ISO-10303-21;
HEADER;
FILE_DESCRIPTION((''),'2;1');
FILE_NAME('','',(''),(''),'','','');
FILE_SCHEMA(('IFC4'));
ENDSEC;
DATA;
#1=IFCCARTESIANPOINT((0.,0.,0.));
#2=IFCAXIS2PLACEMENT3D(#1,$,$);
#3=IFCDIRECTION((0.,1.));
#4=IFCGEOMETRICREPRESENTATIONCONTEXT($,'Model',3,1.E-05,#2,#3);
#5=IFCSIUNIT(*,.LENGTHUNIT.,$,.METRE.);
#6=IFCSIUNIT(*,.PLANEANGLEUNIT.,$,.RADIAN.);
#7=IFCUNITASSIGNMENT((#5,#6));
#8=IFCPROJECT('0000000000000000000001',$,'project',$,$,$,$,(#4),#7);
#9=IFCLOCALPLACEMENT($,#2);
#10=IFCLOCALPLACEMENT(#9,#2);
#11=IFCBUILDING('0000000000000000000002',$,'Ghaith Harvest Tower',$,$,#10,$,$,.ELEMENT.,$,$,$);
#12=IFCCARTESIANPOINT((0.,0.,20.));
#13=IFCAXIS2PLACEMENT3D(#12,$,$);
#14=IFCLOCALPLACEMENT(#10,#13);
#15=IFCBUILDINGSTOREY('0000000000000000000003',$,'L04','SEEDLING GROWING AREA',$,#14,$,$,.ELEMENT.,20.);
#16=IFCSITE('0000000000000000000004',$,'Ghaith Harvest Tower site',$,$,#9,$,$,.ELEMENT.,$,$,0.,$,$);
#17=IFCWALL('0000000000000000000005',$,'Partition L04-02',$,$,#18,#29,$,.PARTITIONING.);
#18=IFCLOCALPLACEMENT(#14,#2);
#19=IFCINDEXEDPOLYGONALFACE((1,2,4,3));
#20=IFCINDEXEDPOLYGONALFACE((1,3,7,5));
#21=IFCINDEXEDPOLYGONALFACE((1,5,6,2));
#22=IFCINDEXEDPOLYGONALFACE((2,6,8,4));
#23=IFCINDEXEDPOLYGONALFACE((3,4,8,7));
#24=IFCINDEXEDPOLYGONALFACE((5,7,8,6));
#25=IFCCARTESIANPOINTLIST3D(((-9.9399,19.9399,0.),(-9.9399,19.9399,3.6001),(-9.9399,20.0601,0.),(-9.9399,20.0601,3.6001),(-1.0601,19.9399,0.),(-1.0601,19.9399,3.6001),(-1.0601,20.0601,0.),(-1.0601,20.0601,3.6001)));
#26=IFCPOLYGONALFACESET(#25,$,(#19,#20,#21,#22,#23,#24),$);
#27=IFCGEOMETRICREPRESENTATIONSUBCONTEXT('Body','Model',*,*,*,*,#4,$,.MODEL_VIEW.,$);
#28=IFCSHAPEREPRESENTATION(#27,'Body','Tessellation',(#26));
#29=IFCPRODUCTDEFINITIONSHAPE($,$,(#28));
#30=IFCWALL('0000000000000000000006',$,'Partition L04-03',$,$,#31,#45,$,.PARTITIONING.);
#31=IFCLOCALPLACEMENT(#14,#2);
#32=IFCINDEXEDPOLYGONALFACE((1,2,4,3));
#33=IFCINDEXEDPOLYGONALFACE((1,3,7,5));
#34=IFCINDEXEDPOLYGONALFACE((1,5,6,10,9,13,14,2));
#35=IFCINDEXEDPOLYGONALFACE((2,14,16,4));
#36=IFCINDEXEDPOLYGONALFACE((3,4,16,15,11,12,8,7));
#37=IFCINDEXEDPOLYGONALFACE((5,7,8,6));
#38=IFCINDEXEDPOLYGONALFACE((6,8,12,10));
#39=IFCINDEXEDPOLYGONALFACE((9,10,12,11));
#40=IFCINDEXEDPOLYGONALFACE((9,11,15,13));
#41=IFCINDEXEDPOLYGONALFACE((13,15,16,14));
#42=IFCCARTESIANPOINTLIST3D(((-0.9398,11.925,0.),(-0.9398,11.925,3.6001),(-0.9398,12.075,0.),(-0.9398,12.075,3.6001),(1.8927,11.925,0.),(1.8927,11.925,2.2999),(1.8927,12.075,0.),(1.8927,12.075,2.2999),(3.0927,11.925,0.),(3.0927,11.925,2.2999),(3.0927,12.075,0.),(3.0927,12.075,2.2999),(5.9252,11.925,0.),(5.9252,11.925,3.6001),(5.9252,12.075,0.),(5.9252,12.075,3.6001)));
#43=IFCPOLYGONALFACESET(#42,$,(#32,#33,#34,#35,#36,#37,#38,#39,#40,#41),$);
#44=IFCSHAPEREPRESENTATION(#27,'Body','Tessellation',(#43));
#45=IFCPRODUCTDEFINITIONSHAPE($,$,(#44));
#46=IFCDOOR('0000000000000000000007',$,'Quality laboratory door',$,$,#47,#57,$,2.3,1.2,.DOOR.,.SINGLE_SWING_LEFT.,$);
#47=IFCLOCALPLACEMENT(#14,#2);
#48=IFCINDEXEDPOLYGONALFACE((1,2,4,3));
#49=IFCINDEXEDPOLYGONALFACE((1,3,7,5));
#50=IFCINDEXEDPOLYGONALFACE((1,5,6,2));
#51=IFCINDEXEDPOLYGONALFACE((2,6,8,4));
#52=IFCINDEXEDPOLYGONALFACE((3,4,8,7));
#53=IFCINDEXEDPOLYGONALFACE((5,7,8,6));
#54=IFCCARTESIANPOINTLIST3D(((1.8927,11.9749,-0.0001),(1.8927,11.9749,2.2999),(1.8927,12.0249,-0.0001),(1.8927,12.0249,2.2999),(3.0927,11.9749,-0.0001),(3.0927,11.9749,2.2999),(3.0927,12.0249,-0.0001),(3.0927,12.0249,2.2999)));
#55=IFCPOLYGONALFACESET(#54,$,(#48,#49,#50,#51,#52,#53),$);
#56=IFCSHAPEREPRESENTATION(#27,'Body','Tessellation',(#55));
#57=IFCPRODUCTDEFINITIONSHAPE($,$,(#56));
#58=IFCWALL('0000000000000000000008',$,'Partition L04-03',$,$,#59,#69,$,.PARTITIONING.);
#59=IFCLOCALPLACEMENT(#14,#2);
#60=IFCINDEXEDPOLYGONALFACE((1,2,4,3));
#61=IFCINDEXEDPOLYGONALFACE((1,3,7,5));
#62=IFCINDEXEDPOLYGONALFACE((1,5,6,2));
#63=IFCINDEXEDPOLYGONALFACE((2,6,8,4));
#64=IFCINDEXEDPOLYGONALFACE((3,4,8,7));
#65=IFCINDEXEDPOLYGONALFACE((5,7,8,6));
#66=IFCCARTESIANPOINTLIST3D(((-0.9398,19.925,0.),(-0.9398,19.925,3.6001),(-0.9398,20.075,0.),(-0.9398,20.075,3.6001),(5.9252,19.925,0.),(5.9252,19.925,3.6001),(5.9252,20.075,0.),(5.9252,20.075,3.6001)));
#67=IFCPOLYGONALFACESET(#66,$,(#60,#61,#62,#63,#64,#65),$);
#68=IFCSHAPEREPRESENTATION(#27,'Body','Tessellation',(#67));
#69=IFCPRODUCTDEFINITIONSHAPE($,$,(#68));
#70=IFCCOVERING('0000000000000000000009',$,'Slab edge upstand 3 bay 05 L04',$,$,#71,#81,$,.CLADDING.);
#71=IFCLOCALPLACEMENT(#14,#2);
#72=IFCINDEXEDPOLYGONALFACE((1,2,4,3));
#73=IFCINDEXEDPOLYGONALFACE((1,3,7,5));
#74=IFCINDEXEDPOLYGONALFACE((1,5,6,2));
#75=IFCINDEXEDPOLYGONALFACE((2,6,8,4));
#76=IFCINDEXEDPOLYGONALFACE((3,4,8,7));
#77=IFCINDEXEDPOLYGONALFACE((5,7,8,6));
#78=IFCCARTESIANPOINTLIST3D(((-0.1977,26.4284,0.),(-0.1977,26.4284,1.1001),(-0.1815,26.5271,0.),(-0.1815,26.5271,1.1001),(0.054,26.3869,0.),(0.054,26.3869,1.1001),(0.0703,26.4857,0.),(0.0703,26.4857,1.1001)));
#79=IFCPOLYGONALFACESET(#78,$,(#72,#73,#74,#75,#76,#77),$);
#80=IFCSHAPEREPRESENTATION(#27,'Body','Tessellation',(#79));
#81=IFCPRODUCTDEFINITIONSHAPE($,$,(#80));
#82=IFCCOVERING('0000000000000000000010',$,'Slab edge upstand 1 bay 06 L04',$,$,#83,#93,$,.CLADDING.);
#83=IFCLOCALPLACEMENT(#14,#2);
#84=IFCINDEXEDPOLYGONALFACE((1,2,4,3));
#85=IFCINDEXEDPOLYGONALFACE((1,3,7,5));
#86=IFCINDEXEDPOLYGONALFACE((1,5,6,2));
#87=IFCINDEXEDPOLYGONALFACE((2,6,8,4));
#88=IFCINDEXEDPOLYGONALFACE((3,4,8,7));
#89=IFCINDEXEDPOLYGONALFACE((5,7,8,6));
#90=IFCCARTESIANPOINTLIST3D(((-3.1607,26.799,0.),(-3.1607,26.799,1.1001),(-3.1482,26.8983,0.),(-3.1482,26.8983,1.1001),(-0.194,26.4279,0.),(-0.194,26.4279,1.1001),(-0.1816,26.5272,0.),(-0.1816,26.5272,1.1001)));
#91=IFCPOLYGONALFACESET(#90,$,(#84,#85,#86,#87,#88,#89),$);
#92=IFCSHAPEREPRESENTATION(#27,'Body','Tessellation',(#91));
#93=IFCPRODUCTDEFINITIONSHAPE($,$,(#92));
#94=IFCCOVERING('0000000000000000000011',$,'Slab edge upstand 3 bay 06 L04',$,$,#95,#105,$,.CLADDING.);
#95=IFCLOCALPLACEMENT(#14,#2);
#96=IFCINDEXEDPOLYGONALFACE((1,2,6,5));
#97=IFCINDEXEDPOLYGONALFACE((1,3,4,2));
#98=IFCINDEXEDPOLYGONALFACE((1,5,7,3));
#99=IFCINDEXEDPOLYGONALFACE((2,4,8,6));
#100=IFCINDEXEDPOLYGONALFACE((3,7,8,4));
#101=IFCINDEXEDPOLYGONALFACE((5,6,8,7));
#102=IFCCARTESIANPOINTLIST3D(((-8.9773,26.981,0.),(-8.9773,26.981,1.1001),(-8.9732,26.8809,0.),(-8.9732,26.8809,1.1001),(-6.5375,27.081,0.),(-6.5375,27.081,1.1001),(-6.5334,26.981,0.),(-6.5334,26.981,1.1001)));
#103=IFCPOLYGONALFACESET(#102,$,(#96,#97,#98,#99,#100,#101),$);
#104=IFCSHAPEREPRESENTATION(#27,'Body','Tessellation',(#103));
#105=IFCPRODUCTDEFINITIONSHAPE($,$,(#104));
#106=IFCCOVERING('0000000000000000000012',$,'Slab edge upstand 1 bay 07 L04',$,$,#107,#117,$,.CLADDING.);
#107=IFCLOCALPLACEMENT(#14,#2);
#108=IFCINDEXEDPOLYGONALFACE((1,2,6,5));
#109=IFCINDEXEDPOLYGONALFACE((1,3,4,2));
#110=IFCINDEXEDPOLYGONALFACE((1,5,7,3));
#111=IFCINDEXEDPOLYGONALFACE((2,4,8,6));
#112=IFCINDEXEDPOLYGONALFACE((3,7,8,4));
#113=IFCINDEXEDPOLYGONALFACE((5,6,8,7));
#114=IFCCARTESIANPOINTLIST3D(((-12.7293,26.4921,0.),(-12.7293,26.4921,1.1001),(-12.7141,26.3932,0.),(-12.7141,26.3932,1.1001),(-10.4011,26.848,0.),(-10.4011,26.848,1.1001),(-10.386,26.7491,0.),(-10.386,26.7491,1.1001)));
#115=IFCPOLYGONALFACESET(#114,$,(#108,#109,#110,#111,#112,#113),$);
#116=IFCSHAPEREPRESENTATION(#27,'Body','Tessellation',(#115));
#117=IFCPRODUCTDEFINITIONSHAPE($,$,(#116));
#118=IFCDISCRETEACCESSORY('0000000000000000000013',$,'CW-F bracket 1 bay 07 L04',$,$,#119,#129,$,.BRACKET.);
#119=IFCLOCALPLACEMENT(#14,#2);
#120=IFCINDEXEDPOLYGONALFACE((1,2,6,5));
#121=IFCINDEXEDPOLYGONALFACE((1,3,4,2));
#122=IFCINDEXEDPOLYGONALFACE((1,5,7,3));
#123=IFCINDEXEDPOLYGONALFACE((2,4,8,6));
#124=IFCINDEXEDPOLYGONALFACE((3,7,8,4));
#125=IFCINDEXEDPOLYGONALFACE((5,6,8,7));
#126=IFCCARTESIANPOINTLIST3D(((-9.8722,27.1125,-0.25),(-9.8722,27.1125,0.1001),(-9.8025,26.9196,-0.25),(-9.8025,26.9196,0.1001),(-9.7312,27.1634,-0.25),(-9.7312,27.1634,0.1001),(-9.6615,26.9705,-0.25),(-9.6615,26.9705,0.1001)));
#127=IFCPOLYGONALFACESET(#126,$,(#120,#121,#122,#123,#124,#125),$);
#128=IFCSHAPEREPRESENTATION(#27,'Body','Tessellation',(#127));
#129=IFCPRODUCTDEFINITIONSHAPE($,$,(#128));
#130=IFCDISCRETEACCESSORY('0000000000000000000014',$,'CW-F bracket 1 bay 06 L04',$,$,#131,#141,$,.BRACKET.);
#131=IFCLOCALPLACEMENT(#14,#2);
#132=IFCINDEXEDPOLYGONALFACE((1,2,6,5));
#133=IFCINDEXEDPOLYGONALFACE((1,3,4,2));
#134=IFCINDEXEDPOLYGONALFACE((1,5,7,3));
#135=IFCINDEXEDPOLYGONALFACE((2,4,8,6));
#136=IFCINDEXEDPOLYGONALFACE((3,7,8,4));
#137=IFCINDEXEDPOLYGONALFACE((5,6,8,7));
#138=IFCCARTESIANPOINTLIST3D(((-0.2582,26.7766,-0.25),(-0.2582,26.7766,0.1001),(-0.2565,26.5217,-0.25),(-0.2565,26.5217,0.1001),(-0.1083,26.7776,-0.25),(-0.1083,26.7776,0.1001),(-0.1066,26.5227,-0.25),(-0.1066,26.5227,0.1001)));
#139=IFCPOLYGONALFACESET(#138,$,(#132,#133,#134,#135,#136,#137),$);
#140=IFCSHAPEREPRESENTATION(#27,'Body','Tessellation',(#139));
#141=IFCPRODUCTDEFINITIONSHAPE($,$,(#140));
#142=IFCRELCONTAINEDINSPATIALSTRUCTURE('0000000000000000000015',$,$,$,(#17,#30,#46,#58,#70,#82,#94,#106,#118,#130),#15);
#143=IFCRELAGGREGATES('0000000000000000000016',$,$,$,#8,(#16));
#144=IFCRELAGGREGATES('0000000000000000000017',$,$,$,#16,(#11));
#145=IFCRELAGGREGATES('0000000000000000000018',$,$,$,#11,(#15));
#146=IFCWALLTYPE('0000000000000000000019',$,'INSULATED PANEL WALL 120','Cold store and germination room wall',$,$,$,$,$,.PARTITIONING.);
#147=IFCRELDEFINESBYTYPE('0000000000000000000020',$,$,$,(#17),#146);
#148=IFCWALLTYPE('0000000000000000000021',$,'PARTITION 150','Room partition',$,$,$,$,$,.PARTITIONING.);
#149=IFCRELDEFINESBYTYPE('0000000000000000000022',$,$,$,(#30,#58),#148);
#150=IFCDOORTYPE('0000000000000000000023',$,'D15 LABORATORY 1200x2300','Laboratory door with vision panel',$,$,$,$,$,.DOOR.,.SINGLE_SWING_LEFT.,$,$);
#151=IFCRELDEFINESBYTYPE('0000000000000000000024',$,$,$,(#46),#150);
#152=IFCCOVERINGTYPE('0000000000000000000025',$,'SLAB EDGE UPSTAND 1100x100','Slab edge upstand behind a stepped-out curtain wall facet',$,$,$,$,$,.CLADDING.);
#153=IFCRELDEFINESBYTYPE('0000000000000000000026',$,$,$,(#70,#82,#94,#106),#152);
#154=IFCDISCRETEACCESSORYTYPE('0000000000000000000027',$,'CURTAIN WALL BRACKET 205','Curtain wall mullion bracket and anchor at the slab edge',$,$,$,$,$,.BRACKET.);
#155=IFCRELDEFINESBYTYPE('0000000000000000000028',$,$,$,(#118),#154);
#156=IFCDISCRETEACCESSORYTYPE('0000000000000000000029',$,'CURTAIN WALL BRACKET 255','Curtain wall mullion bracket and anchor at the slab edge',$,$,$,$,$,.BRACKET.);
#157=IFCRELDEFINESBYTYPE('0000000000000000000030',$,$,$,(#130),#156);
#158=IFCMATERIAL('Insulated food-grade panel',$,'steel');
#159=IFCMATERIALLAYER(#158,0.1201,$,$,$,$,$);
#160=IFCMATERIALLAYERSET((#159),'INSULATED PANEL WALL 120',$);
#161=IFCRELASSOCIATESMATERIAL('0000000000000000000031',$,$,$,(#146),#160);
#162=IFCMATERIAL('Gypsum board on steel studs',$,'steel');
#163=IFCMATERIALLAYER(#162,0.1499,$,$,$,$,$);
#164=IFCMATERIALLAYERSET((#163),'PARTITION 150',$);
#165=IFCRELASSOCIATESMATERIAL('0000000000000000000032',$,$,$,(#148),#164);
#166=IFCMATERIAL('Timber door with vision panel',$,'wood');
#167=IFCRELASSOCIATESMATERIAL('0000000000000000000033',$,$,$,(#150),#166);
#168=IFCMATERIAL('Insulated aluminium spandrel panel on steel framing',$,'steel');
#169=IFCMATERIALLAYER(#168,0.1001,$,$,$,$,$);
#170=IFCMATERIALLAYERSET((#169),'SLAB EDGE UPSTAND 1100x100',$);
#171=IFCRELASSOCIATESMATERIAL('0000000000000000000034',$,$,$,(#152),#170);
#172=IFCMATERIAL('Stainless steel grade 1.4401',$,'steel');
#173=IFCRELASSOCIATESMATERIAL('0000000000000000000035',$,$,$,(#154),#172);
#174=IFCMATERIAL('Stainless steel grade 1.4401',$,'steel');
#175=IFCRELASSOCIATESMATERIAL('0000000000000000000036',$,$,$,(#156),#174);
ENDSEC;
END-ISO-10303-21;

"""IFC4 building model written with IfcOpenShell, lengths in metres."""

from ifc_helpers import new_model, si_unit, direction, frame, frame_2d, origin, origin_2d, place, context, subcontext, project, spatial, rectangle, extrude, material, layer, layer_set, type_object, element, fill, save


model = new_model("IFC4")

# Units and contexts
model_context = context("Model", 3, precision=1e-05, world=origin(), true_north=direction((0.0, 1.0)))
body_context = subcontext(model_context, "Body", "Model", "MODEL_VIEW")
ifc_project = project(units=[si_unit("LENGTHUNIT", "METRE"), si_unit("PLANEANGLEUNIT", "RADIAN")], contexts=[model_context])

# Site, building, storey
site_placement = place(None, origin())
site = spatial("IfcSite", under=ifc_project, at=site_placement, Name="Ghaith Harvest Tower site", CompositionType="ELEMENT", RefElevation=0.0)
building_placement = place(site_placement, origin())
building = spatial("IfcBuilding", under=site, at=building_placement, Name="Ghaith Harvest Tower", CompositionType="ELEMENT")
storey_placement = place(building_placement, frame((0.0, 0.0, 20.0)))
storey = spatial("IfcBuildingStorey", under=building, at=storey_placement, Name="L04", Description="SEEDLING GROWING AREA", CompositionType="ELEMENT", Elevation=20.0)

# Shared definitions
ifc_material_1 = material(Name="Insulated food-grade panel", Category="steel")
ifc_layer_1 = layer(ifc_material_1, 0.1201)
ifc_layer_set_1 = layer_set([ifc_layer_1], Name="INSULATED PANEL WALL 120")
wall_type_1 = type_object("IfcWallType", Name="INSULATED PANEL WALL 120", Description="Cold store and germination room wall", PredefinedType="PARTITIONING", material=ifc_layer_set_1)

# Wall
wall_1_placement = place(storey_placement, frame((-9.9399, 20.0, 0.0), z_axis=(0.0, 0.0, 1.0), x_axis=(1.0, 0.0, 0.0)))
element("IfcWall", 1, at=wall_1_placement, inside=storey, type_object=wall_type_1, Name="Partition L04-02", PredefinedType="PARTITIONING", context=body_context, shape_type="SweptSolid", body=[
    extrude(rectangle(XDim=8.8799, YDim=0.1201, at=frame_2d((4.4399, 0.0))), origin(), (0.0, 0.0, 1.0), 3.6001),
])

# Wall, opening, door
ifc_material_2 = material(Name="Gypsum board on steel studs", Category="steel")
ifc_layer_2 = layer(ifc_material_2, 0.1499)
ifc_layer_set_2 = layer_set([ifc_layer_2], Name="PARTITION 150")
wall_type_2 = type_object("IfcWallType", Name="PARTITION 150", Description="Room partition", PredefinedType="PARTITIONING", material=ifc_layer_set_2)
wall_2_placement = place(storey_placement, frame((-0.9399, 12.0, 0.0), z_axis=(0.0, 0.0, 1.0), x_axis=(1.0, 0.0, 0.0)))
wall_2 = element("IfcWall", 2, at=wall_2_placement, inside=storey, type_object=wall_type_2, Name="Partition L04-03", PredefinedType="PARTITIONING", context=body_context, shape_type="SweptSolid", body=[
    extrude(rectangle(XDim=6.865, YDim=0.1499, at=frame_2d((3.4326, 0.0))), origin(), (0.0, 0.0, 1.0), 3.6001),
])
opening_1_placement = place(wall_2_placement, frame((2.8325, 0.0, 0.0)))
opening_1 = element("IfcOpeningElement", 3, at=opening_1_placement, cuts=wall_2, PredefinedType="OPENING", context=body_context, shape_type="SweptSolid", body=[
    extrude(rectangle(XDim=1.2, YDim=2.3, at=frame_2d((0.6001, 1.1499))), frame((0.0, 0.085, 0.0), z_axis=(0.0, -1.0, 0.0), x_axis=(1.0, 0.0, 0.0)), (0.0, 0.0, 1.0), 0.1699),
])
ifc_material_3 = material(Name="Timber door with vision panel", Category="wood")
door_type_1 = type_object("IfcDoorType", Name="D15 LABORATORY 1200x2300", Description="Laboratory door with vision panel", OperationType="SINGLE_SWING_LEFT", PredefinedType="DOOR", material=ifc_material_3)
door_1_placement = place(opening_1_placement, origin())
door_1 = element("IfcDoor", 4, at=door_1_placement, inside=storey, type_object=door_type_1, Name="Quality laboratory door", OperationType="SINGLE_SWING_LEFT", OverallHeight=2.3, OverallWidth=1.2, PredefinedType="DOOR", context=body_context, shape_type="SweptSolid", body=[
    extrude(rectangle(XDim=1.2, YDim=2.3, at=frame_2d((0.6001, 1.1499))), frame((0.0, 0.0249, 0.0), z_axis=(0.0, -1.0, 0.0), x_axis=(1.0, 0.0, 0.0)), (0.0, 0.0, 1.0), 0.05),
])
fill(opening_1, door_1)

# Wall
wall_3_placement = place(storey_placement, frame((-0.9399, 20.0, 0.0), z_axis=(0.0, 0.0, 1.0), x_axis=(1.0, 0.0, 0.0)))
element("IfcWall", 5, at=wall_3_placement, inside=storey, type_object=wall_type_2, Name="Partition L04-03", PredefinedType="PARTITIONING", context=body_context, shape_type="SweptSolid", body=[
    extrude(rectangle(XDim=6.865, YDim=0.1499, at=frame_2d((3.4326, 0.0))), origin(), (0.0, 0.0, 1.0), 3.6001),
])

# Coverings
ifc_material_4 = material(Name="Insulated aluminium spandrel panel on steel framing", Category="steel")
ifc_layer_3 = layer(ifc_material_4, 0.1001)
ifc_layer_set_3 = layer_set([ifc_layer_3], Name="SLAB EDGE UPSTAND 1100x100")
covering_type = type_object("IfcCoveringType", Name="SLAB EDGE UPSTAND 1100x100", Description="Slab edge upstand behind a stepped-out curtain wall facet", PredefinedType="CLADDING", material=ifc_layer_set_3)
covering_1_placement = place(storey_placement, frame((-0.0637, 26.457, 0.0), z_axis=(0.0, 0.0, 1.0), x_axis=(-0.986716, 0.162453, 0.0)))
element("IfcCovering", 6, at=covering_1_placement, inside=storey, type_object=covering_type, Name="Slab edge upstand 3 bay 05 L04", PredefinedType="CLADDING", context=body_context, shape_type="SweptSolid", body=[
    extrude(rectangle(XDim=0.2551, YDim=0.1001, at=origin_2d()), origin(), (0.0, 0.0, 1.0), 1.1001),
])
covering_2_placement = place(storey_placement, frame((-1.6711, 26.6631, 0.0), z_axis=(0.0, 0.0, 1.0), x_axis=(-0.992265, 0.124139, 0.0)))
element("IfcCovering", 7, at=covering_2_placement, inside=storey, type_object=covering_type, Name="Slab edge upstand 1 bay 06 L04", PredefinedType="CLADDING", context=body_context, shape_type="SweptSolid", body=[
    extrude(rectangle(XDim=2.9897, YDim=0.1001, at=origin_2d()), origin(), (0.0, 0.0, 1.0), 1.1001),
])
covering_3_placement = place(storey_placement, frame((-7.7554, 26.981, 0.0), z_axis=(0.0, 0.0, 1.0), x_axis=(-0.999161, -0.040957, 0.0)))
element("IfcCovering", 8, at=covering_3_placement, inside=storey, type_object=covering_type, Name="Slab edge upstand 3 bay 06 L04", PredefinedType="CLADDING", context=body_context, shape_type="SweptSolid", body=[
    extrude(rectangle(XDim=2.4419, YDim=0.1001, at=origin_2d()), origin(), (0.0, 0.0, 1.0), 1.1001),
])
covering_4_placement = place(storey_placement, frame((-11.5576, 26.6206, 0.0), z_axis=(0.0, 0.0, 1.0), x_axis=(-0.988518, -0.151104, 0.0)))
element("IfcCovering", 9, at=covering_4_placement, inside=storey, type_object=covering_type, Name="Slab edge upstand 1 bay 07 L04", PredefinedType="CLADDING", context=body_context, shape_type="SweptSolid", body=[
    extrude(rectangle(XDim=2.3552, YDim=0.1001, at=origin_2d()), origin(), (0.0, 0.0, 1.0), 1.1001),
])

# Discrete accessories
ifc_material_5 = material(Name="Stainless steel grade 1.4401", Category="steel")
discrete_accessory_type_1 = type_object("IfcDiscreteAccessoryType", Name="CURTAIN WALL BRACKET 205", Description="Curtain wall mullion bracket and anchor at the slab edge", PredefinedType="BRACKET", material=ifc_material_5)
discrete_accessory_1_placement = place(storey_placement, frame((-9.7668, 27.0415, -0.25), z_axis=(0.0, 0.0, 1.0), x_axis=(-0.339699, 0.940534, 0.0)))
element("IfcDiscreteAccessory", 10, at=discrete_accessory_1_placement, inside=storey, type_object=discrete_accessory_type_1, Name="CW-F bracket 1 bay 07 L04", PredefinedType="BRACKET", context=body_context, shape_type="SweptSolid", body=[
    extrude(rectangle(XDim=0.2051, YDim=0.1499, at=origin_2d()), origin(), (0.0, 0.0, 1.0), 0.3501),
])
ifc_material_6 = material(Name="Stainless steel grade 1.4401", Category="steel")
discrete_accessory_type_2 = type_object("IfcDiscreteAccessoryType", Name="CURTAIN WALL BRACKET 255", Description="Curtain wall mullion bracket and anchor at the slab edge", PredefinedType="BRACKET", material=ifc_material_6)
discrete_accessory_2_placement = place(storey_placement, frame((-0.1824, 26.6497, -0.25), z_axis=(0.0, 0.0, 1.0), x_axis=(-0.006844, 0.999977, 0.0)))
element("IfcDiscreteAccessory", 11, at=discrete_accessory_2_placement, inside=storey, type_object=discrete_accessory_type_2, Name="CW-F bracket 1 bay 06 L04", PredefinedType="BRACKET", context=body_context, shape_type="SweptSolid", body=[
    extrude(rectangle(XDim=0.2549, YDim=0.1499, at=origin_2d()), origin(), (0.0, 0.0, 1.0), 0.3501),
])

save(model, "model.ifc")
